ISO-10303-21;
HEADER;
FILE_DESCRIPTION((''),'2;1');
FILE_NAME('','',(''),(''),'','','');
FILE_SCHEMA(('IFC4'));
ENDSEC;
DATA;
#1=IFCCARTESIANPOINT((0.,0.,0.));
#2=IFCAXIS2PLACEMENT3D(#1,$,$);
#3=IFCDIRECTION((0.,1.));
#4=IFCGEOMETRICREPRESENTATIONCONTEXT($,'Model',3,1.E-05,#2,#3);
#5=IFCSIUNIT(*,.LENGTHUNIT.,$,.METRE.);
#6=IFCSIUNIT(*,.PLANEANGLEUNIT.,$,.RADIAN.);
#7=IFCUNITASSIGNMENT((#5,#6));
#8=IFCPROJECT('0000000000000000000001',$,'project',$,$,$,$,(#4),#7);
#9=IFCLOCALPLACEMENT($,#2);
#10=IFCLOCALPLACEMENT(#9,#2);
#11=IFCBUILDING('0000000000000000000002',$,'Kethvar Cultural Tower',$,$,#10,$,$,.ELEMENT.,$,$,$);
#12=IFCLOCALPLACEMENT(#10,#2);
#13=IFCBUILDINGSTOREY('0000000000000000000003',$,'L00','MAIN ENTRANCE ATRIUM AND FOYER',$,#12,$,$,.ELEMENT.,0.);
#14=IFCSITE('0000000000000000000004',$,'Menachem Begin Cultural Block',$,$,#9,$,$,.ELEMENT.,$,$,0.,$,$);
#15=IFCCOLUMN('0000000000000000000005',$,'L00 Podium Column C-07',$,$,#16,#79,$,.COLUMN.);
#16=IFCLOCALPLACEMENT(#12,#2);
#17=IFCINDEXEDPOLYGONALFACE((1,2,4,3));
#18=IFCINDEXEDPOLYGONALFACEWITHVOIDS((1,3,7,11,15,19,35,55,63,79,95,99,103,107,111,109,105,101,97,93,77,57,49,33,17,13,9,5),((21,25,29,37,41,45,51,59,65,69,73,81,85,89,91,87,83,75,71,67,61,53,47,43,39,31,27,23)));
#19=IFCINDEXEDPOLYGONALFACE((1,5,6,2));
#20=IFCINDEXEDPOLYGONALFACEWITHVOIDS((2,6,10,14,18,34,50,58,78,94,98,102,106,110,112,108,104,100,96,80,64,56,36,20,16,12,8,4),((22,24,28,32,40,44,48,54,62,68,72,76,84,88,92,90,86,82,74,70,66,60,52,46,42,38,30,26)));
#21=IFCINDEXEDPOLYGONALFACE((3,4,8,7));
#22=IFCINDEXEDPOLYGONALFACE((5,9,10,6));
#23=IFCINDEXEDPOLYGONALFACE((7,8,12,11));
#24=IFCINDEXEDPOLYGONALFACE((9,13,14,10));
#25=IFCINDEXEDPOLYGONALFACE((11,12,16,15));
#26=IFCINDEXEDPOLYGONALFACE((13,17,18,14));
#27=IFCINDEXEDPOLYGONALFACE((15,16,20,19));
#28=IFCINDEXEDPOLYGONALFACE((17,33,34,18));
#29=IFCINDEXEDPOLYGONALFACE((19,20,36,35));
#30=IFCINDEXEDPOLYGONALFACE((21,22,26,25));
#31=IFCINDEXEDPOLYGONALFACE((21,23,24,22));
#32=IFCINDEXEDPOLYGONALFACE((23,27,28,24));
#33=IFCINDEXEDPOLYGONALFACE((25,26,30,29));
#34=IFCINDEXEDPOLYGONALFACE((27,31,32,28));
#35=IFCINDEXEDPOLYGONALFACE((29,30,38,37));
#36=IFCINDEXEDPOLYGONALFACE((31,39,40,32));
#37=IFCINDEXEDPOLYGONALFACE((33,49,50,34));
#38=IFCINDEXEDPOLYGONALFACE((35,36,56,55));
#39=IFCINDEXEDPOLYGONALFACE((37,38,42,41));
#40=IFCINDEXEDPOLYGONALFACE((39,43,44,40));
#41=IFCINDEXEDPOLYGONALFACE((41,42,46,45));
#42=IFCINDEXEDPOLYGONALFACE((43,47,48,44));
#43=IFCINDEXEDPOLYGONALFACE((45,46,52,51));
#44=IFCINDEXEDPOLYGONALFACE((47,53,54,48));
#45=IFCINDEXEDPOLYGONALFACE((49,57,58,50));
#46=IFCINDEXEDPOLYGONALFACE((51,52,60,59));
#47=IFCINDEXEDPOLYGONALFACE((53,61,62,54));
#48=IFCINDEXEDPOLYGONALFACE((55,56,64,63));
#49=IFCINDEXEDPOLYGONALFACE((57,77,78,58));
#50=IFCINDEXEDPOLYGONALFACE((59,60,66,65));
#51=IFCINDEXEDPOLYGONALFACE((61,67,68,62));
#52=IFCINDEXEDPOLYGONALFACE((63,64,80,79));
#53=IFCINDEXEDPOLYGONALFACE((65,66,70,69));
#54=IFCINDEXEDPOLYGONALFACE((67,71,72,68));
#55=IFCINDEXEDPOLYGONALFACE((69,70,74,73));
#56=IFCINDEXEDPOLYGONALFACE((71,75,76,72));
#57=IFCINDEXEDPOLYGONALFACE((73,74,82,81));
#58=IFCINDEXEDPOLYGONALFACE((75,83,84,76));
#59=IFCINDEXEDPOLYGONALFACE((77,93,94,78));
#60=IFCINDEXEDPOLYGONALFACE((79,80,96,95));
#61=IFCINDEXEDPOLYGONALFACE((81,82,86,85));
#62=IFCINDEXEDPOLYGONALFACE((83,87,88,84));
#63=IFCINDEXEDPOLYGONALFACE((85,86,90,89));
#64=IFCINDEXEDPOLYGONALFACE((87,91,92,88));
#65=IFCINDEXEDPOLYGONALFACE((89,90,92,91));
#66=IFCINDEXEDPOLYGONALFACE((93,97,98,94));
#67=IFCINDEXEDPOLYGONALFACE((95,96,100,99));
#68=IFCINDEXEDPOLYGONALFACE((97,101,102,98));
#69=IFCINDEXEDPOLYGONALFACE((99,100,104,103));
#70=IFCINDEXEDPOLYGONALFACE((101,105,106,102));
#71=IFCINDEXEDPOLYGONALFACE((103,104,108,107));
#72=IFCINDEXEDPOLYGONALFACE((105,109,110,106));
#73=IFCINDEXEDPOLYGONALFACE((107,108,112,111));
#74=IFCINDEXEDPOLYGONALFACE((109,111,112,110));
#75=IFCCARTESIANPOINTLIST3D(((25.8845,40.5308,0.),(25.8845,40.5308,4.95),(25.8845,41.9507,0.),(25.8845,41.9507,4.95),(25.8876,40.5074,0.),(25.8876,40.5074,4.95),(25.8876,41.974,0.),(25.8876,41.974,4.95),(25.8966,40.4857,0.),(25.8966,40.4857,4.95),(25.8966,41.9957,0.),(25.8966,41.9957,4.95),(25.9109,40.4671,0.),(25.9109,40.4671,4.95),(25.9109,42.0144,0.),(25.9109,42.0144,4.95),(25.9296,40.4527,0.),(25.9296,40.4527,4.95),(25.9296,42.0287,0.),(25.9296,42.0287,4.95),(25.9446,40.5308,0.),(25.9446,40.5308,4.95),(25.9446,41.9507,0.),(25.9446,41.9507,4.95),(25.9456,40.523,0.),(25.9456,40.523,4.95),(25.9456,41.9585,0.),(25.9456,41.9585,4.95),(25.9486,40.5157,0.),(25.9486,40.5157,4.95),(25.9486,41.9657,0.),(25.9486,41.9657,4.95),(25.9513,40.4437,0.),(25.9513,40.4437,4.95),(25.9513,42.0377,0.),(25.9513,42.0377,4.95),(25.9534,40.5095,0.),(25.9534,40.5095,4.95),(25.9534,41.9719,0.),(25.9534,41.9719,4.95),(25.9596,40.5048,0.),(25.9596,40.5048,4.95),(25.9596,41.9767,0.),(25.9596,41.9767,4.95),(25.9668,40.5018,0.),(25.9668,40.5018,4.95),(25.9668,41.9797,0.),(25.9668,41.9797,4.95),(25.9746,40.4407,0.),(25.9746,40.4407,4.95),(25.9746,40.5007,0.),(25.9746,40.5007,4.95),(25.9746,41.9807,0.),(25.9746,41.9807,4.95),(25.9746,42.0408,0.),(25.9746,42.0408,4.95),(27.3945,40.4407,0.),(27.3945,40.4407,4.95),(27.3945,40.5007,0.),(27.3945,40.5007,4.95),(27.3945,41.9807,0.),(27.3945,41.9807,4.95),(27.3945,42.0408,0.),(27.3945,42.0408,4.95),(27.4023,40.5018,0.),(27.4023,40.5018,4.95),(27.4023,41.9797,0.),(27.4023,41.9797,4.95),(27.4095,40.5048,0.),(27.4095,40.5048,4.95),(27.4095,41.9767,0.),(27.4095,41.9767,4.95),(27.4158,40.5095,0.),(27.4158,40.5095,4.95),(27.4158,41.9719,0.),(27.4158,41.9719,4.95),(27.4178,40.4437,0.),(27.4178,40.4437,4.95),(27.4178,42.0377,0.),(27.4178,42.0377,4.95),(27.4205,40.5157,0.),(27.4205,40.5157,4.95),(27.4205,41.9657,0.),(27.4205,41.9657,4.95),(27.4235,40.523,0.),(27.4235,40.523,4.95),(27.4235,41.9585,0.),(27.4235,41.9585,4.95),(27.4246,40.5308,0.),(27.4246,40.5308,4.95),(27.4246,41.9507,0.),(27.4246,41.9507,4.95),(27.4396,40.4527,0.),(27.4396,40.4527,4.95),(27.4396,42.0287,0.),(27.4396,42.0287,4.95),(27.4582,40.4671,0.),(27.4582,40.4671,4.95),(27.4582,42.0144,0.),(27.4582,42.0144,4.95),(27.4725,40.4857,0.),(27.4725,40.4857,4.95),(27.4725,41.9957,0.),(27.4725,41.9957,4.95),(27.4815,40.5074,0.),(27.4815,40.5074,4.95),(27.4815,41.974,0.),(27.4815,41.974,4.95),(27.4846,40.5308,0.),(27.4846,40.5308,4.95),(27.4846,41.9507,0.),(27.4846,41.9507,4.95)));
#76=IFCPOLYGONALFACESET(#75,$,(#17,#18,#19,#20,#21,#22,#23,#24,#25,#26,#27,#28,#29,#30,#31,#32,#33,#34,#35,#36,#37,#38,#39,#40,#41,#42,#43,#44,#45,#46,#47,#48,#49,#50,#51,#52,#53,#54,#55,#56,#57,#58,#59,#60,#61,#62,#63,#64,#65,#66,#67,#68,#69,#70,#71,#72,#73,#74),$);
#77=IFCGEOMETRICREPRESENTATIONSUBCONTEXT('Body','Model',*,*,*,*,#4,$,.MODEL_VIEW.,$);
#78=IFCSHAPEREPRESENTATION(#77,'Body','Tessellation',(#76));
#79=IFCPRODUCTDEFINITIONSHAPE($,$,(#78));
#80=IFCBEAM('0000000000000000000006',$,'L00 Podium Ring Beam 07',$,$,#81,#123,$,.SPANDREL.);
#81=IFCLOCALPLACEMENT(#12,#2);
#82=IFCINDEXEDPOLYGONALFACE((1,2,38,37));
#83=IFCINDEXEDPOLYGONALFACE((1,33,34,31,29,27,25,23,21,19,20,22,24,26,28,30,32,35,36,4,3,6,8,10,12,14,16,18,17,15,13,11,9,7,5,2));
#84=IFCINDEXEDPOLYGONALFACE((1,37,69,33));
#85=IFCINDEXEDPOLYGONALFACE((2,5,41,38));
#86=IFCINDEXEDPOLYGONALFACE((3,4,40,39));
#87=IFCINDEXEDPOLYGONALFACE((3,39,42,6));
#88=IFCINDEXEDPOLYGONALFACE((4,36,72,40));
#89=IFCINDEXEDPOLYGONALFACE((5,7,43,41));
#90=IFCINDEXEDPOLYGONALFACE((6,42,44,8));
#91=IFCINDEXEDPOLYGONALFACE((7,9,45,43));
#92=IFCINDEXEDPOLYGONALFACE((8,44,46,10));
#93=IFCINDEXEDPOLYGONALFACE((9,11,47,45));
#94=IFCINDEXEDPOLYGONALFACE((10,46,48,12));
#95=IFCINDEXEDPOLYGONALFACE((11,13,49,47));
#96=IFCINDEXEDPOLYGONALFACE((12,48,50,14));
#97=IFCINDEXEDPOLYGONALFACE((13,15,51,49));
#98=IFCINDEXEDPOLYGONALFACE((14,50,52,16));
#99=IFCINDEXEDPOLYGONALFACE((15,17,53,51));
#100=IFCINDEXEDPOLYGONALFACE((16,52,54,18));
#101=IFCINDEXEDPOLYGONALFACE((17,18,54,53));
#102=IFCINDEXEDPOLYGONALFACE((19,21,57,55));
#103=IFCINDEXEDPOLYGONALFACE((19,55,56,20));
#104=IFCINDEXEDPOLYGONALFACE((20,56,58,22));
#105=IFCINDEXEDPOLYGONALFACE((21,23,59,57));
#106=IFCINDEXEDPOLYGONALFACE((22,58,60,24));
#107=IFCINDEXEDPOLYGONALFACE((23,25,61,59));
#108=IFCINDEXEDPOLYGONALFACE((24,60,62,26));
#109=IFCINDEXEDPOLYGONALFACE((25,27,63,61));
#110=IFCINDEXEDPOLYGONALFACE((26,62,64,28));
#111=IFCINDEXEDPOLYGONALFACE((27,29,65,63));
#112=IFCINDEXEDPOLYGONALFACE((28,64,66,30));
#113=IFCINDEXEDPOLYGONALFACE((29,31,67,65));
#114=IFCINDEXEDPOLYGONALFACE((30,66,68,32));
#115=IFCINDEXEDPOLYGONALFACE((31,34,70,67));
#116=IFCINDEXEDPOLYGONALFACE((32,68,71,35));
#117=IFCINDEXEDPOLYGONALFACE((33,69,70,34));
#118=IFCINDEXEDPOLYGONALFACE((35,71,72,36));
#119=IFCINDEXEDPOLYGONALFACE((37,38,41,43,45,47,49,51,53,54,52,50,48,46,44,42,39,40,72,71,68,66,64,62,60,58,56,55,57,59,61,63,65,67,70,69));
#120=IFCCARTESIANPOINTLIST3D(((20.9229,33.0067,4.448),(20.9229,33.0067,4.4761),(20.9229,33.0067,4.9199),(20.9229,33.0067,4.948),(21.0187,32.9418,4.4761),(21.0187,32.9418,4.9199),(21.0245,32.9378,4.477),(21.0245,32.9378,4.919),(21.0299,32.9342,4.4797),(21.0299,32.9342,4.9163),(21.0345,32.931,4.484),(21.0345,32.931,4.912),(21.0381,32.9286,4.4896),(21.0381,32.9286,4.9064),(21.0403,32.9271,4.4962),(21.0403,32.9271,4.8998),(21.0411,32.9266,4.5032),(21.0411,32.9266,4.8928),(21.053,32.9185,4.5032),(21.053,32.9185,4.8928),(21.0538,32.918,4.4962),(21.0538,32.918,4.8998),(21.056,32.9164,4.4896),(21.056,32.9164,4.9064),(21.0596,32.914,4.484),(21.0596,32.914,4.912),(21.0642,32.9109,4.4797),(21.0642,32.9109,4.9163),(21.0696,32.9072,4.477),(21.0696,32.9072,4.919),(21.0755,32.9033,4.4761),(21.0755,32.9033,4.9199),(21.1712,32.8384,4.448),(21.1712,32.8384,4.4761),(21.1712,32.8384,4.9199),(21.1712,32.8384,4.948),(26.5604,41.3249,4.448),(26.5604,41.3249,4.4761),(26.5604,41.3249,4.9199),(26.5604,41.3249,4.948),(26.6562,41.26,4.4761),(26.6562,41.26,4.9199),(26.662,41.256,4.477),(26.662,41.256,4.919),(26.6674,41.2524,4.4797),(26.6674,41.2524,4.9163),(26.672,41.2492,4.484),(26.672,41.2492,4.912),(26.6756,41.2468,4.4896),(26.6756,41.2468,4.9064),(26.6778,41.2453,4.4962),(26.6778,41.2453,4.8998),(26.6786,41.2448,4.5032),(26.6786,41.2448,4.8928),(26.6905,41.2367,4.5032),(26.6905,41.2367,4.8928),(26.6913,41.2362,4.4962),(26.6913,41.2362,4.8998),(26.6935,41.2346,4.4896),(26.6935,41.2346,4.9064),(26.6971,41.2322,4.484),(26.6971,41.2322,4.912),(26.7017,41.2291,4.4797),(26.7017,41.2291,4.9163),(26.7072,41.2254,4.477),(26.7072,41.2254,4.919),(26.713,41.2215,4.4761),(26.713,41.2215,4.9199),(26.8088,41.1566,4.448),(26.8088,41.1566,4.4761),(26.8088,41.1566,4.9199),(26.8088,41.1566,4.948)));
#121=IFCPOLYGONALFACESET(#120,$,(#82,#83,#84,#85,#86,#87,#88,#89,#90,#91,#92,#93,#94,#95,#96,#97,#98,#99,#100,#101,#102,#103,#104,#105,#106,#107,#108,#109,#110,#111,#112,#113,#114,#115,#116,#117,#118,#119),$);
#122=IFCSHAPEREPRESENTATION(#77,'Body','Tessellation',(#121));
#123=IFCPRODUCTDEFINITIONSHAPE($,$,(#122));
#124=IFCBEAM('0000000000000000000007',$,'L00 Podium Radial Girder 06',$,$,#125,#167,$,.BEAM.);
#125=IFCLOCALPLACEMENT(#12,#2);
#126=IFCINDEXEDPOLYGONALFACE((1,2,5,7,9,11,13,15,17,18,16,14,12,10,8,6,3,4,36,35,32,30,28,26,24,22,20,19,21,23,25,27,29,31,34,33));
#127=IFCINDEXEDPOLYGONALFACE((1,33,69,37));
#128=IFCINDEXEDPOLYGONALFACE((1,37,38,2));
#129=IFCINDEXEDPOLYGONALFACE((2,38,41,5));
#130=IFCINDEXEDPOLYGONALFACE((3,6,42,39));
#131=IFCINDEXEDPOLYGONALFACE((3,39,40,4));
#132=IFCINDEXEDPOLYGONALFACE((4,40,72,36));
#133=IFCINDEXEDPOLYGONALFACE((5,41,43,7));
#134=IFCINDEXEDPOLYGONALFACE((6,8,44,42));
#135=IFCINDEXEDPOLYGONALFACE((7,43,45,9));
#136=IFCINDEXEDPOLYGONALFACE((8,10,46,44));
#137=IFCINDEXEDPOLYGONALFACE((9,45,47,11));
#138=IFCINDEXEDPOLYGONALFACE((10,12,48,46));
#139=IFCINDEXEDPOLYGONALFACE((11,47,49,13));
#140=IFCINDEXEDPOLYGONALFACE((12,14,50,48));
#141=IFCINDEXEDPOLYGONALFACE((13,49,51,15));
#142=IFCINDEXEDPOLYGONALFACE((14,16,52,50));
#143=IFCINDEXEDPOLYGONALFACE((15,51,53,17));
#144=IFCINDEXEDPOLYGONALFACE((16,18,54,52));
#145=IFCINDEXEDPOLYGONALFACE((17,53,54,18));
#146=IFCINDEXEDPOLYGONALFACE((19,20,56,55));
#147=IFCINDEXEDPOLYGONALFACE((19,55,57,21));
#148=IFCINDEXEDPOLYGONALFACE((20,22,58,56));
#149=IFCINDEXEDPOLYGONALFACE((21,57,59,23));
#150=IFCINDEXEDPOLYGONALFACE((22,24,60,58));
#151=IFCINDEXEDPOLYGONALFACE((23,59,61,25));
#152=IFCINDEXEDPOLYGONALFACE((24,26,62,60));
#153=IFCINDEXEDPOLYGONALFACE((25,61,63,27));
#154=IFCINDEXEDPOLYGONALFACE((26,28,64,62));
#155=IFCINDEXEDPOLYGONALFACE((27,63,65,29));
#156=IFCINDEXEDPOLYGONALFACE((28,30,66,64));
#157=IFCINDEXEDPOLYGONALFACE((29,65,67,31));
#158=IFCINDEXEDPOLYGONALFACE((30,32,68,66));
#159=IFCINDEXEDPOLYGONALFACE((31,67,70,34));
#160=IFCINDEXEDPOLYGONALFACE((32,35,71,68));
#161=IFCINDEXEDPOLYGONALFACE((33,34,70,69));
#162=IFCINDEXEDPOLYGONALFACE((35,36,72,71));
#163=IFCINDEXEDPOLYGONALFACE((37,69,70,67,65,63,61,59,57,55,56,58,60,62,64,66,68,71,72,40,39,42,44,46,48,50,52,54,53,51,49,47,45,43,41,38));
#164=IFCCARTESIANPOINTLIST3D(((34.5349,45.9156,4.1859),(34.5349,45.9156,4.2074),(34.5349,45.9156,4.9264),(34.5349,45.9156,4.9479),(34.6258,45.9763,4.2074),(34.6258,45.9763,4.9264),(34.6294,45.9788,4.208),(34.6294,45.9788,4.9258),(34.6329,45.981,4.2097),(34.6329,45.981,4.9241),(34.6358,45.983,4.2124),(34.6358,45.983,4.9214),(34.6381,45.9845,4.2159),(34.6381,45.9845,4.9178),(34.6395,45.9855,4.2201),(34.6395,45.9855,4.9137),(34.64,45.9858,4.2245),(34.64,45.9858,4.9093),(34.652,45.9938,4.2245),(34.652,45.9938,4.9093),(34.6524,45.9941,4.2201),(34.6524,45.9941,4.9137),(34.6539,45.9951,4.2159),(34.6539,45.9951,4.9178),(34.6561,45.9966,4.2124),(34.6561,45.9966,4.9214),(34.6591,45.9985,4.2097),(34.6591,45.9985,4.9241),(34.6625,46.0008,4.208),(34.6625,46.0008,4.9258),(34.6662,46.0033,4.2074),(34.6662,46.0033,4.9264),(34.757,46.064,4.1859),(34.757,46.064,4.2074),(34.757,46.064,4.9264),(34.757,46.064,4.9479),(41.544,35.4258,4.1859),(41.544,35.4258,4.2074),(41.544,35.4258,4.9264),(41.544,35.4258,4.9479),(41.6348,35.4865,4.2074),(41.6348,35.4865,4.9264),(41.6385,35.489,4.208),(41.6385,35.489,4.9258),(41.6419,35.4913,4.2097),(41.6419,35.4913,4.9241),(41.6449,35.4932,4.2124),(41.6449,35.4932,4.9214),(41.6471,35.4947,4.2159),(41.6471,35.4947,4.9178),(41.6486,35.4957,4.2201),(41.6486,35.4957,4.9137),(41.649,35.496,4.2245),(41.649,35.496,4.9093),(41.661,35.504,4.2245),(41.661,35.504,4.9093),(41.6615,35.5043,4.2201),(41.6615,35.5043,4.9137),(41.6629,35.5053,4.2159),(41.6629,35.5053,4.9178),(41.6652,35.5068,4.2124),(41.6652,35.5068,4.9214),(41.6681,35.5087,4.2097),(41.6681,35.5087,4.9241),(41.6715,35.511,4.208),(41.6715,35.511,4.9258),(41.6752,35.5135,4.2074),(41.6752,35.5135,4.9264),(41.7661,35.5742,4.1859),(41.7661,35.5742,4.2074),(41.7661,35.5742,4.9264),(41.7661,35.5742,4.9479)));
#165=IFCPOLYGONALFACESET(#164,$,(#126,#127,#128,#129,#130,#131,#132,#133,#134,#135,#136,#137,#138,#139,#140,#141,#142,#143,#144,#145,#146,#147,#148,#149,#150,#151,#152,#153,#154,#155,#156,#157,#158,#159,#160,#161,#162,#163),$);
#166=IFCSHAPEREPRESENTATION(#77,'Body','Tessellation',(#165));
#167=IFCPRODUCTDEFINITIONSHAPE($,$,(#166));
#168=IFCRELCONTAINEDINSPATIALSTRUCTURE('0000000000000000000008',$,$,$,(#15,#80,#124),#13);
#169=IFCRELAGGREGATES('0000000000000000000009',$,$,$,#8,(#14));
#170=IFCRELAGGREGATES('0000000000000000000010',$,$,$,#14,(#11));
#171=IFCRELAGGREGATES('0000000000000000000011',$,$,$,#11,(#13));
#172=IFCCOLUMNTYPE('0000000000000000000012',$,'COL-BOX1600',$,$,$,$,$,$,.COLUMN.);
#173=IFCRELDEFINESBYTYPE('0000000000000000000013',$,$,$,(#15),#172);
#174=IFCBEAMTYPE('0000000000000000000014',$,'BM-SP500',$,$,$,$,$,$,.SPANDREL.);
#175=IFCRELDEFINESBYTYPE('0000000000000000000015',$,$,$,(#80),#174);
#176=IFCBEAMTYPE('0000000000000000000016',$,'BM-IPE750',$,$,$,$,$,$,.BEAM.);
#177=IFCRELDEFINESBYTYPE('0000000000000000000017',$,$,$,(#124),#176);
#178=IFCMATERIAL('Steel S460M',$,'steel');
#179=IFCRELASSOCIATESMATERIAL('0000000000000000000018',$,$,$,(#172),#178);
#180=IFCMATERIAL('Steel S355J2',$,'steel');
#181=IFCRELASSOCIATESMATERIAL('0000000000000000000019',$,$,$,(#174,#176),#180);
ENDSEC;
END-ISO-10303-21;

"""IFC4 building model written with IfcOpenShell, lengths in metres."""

from ifc_helpers import new_model, si_unit, direction, frame, origin, origin_2d, place, context, subcontext, project, spatial, hollow_rectangle, i_section, extrude, source, transform, mapped, material, material_profile, profile_set, type_object, element, save


model = new_model("IFC4")

# Units and contexts
model_context = context("Model", 3, precision=1e-05, world=origin(), true_north=direction((0.0, 1.0)))
body_context = subcontext(model_context, "Body", "Model", "MODEL_VIEW")
ifc_project = project(units=[si_unit("LENGTHUNIT", "METRE"), si_unit("PLANEANGLEUNIT", "RADIAN")], contexts=[model_context])

# Site, building, storey
site_placement = place(None, origin())
site = spatial("IfcSite", under=ifc_project, at=site_placement, Name="Menachem Begin Cultural Block", CompositionType="ELEMENT", RefElevation=0.0)
building_placement = place(site_placement, origin())
building = spatial("IfcBuilding", under=site, at=building_placement, Name="Kethvar Cultural Tower", CompositionType="ELEMENT")
storey_placement = place(building_placement, origin())
storey = spatial("IfcBuildingStorey", under=building, at=storey_placement, Name="L00", Description="MAIN ENTRANCE ATRIUM AND FOYER", CompositionType="ELEMENT", Elevation=0.0)

# Column
ifc_material_1 = material(Name="Steel S460M", Category="steel")
ifc_material_profile_1 = material_profile(ifc_material_1, hollow_rectangle(XDim=1.6001, YDim=1.6001, WallThickness=0.0601, InnerFilletRadius=0.03, OuterFilletRadius=0.0901, at=origin_2d()), Name="Steel S460M — BOX1600x1600x60")
ifc_profile_set_1 = profile_set([ifc_material_profile_1], Name="Steel S460M — BOX1600x1600x60")
column_type = type_object("IfcColumnType", Name="COL-BOX1600", PredefinedType="COLUMN", material=ifc_profile_set_1)
shared_shape_1 = source(origin(), body_context, "Body", "SweptSolid", [
    extrude(hollow_rectangle(XDim=1.6001, YDim=1.6001, WallThickness=0.0601, InnerFilletRadius=0.03, OuterFilletRadius=0.0901, at=origin_2d()), origin(), (0.0, 0.0, 1.0), 4.95),
])
column_placement = place(storey_placement, frame((26.6846, 41.2407, 0.0), z_axis=(0.0, 0.0, 1.0), x_axis=(1.0, 0.0, 0.0)))
element("IfcColumn", 1, at=column_placement, inside=storey, type_object=column_type, Name="L00 Podium Column C-07", PredefinedType="COLUMN", context=body_context, shape_type="MappedRepresentation", body=[
    mapped(shared_shape_1, transform((0.0, 0.0, 0.0), scale=1.0)),
])

# Beams
ifc_material_2 = material(Name="Steel S355J2", Category="steel")
ifc_material_profile_2 = material_profile(ifc_material_2, i_section(OverallWidth=0.3, OverallDepth=0.5, WebThickness=0.0144, FlangeThickness=0.0281, FilletRadius=0.0271, at=origin_2d()), Name="Steel S355J2 — HEB500")
ifc_profile_set_2 = profile_set([ifc_material_profile_2], Name="Steel S355J2 — HEB500")
beam_type_1 = type_object("IfcBeamType", Name="BM-SP500", PredefinedType="SPANDREL", material=ifc_profile_set_2)
shared_shape_2 = source(origin(), body_context, "Body", "SweptSolid", [
    extrude(i_section(OverallWidth=0.3, OverallDepth=0.5, WebThickness=0.0144, FlangeThickness=0.0281, FilletRadius=0.0271, at=origin_2d()), origin(), (0.0, 0.0, 1.0), 10.0486),
])
beam_1_placement = place(storey_placement, frame((26.6846, 41.2407, 4.698), z_axis=(-0.561025, -0.827799, 0.0), x_axis=(0.827799, -0.561025, 0.0)))
element("IfcBeam", 2, at=beam_1_placement, inside=storey, type_object=beam_type_1, Name="L00 Podium Ring Beam 07", PredefinedType="SPANDREL", context=body_context, shape_type="MappedRepresentation", body=[
    mapped(shared_shape_2, transform((0.0, 0.0, 0.0), scale=1.0)),
])
ifc_material_profile_3 = material_profile(ifc_material_2, i_section(OverallWidth=0.2671, OverallDepth=0.762, WebThickness=0.0144, FlangeThickness=0.0215, FilletRadius=0.0171, at=origin_2d()), Name="Steel S355J2 — IPE750x173")
ifc_profile_set_3 = profile_set([ifc_material_profile_3], Name="Steel S355J2 — IPE750x173")
beam_type_2 = type_object("IfcBeamType", Name="BM-IPE750", PredefinedType="BEAM", material=ifc_profile_set_3)
shared_shape_3 = source(origin(), body_context, "Body", "SweptSolid", [
    extrude(i_section(OverallWidth=0.2671, OverallDepth=0.762, WebThickness=0.0144, FlangeThickness=0.0215, FilletRadius=0.0171, at=origin_2d()), origin(), (0.0, 0.0, 1.0), 12.616),
])
beam_2_placement = place(storey_placement, frame((41.655, 35.5, 4.5669), z_axis=(-0.555571, 0.831469, 0.0), x_axis=(-0.831469, -0.555571, 0.0)))
element("IfcBeam", 3, at=beam_2_placement, inside=storey, type_object=beam_type_2, Name="L00 Podium Radial Girder 06", PredefinedType="BEAM", context=body_context, shape_type="MappedRepresentation", body=[
    mapped(shared_shape_3, transform((0.0, 0.0, 0.0), scale=1.0)),
])

save(model, "model.ifc")
